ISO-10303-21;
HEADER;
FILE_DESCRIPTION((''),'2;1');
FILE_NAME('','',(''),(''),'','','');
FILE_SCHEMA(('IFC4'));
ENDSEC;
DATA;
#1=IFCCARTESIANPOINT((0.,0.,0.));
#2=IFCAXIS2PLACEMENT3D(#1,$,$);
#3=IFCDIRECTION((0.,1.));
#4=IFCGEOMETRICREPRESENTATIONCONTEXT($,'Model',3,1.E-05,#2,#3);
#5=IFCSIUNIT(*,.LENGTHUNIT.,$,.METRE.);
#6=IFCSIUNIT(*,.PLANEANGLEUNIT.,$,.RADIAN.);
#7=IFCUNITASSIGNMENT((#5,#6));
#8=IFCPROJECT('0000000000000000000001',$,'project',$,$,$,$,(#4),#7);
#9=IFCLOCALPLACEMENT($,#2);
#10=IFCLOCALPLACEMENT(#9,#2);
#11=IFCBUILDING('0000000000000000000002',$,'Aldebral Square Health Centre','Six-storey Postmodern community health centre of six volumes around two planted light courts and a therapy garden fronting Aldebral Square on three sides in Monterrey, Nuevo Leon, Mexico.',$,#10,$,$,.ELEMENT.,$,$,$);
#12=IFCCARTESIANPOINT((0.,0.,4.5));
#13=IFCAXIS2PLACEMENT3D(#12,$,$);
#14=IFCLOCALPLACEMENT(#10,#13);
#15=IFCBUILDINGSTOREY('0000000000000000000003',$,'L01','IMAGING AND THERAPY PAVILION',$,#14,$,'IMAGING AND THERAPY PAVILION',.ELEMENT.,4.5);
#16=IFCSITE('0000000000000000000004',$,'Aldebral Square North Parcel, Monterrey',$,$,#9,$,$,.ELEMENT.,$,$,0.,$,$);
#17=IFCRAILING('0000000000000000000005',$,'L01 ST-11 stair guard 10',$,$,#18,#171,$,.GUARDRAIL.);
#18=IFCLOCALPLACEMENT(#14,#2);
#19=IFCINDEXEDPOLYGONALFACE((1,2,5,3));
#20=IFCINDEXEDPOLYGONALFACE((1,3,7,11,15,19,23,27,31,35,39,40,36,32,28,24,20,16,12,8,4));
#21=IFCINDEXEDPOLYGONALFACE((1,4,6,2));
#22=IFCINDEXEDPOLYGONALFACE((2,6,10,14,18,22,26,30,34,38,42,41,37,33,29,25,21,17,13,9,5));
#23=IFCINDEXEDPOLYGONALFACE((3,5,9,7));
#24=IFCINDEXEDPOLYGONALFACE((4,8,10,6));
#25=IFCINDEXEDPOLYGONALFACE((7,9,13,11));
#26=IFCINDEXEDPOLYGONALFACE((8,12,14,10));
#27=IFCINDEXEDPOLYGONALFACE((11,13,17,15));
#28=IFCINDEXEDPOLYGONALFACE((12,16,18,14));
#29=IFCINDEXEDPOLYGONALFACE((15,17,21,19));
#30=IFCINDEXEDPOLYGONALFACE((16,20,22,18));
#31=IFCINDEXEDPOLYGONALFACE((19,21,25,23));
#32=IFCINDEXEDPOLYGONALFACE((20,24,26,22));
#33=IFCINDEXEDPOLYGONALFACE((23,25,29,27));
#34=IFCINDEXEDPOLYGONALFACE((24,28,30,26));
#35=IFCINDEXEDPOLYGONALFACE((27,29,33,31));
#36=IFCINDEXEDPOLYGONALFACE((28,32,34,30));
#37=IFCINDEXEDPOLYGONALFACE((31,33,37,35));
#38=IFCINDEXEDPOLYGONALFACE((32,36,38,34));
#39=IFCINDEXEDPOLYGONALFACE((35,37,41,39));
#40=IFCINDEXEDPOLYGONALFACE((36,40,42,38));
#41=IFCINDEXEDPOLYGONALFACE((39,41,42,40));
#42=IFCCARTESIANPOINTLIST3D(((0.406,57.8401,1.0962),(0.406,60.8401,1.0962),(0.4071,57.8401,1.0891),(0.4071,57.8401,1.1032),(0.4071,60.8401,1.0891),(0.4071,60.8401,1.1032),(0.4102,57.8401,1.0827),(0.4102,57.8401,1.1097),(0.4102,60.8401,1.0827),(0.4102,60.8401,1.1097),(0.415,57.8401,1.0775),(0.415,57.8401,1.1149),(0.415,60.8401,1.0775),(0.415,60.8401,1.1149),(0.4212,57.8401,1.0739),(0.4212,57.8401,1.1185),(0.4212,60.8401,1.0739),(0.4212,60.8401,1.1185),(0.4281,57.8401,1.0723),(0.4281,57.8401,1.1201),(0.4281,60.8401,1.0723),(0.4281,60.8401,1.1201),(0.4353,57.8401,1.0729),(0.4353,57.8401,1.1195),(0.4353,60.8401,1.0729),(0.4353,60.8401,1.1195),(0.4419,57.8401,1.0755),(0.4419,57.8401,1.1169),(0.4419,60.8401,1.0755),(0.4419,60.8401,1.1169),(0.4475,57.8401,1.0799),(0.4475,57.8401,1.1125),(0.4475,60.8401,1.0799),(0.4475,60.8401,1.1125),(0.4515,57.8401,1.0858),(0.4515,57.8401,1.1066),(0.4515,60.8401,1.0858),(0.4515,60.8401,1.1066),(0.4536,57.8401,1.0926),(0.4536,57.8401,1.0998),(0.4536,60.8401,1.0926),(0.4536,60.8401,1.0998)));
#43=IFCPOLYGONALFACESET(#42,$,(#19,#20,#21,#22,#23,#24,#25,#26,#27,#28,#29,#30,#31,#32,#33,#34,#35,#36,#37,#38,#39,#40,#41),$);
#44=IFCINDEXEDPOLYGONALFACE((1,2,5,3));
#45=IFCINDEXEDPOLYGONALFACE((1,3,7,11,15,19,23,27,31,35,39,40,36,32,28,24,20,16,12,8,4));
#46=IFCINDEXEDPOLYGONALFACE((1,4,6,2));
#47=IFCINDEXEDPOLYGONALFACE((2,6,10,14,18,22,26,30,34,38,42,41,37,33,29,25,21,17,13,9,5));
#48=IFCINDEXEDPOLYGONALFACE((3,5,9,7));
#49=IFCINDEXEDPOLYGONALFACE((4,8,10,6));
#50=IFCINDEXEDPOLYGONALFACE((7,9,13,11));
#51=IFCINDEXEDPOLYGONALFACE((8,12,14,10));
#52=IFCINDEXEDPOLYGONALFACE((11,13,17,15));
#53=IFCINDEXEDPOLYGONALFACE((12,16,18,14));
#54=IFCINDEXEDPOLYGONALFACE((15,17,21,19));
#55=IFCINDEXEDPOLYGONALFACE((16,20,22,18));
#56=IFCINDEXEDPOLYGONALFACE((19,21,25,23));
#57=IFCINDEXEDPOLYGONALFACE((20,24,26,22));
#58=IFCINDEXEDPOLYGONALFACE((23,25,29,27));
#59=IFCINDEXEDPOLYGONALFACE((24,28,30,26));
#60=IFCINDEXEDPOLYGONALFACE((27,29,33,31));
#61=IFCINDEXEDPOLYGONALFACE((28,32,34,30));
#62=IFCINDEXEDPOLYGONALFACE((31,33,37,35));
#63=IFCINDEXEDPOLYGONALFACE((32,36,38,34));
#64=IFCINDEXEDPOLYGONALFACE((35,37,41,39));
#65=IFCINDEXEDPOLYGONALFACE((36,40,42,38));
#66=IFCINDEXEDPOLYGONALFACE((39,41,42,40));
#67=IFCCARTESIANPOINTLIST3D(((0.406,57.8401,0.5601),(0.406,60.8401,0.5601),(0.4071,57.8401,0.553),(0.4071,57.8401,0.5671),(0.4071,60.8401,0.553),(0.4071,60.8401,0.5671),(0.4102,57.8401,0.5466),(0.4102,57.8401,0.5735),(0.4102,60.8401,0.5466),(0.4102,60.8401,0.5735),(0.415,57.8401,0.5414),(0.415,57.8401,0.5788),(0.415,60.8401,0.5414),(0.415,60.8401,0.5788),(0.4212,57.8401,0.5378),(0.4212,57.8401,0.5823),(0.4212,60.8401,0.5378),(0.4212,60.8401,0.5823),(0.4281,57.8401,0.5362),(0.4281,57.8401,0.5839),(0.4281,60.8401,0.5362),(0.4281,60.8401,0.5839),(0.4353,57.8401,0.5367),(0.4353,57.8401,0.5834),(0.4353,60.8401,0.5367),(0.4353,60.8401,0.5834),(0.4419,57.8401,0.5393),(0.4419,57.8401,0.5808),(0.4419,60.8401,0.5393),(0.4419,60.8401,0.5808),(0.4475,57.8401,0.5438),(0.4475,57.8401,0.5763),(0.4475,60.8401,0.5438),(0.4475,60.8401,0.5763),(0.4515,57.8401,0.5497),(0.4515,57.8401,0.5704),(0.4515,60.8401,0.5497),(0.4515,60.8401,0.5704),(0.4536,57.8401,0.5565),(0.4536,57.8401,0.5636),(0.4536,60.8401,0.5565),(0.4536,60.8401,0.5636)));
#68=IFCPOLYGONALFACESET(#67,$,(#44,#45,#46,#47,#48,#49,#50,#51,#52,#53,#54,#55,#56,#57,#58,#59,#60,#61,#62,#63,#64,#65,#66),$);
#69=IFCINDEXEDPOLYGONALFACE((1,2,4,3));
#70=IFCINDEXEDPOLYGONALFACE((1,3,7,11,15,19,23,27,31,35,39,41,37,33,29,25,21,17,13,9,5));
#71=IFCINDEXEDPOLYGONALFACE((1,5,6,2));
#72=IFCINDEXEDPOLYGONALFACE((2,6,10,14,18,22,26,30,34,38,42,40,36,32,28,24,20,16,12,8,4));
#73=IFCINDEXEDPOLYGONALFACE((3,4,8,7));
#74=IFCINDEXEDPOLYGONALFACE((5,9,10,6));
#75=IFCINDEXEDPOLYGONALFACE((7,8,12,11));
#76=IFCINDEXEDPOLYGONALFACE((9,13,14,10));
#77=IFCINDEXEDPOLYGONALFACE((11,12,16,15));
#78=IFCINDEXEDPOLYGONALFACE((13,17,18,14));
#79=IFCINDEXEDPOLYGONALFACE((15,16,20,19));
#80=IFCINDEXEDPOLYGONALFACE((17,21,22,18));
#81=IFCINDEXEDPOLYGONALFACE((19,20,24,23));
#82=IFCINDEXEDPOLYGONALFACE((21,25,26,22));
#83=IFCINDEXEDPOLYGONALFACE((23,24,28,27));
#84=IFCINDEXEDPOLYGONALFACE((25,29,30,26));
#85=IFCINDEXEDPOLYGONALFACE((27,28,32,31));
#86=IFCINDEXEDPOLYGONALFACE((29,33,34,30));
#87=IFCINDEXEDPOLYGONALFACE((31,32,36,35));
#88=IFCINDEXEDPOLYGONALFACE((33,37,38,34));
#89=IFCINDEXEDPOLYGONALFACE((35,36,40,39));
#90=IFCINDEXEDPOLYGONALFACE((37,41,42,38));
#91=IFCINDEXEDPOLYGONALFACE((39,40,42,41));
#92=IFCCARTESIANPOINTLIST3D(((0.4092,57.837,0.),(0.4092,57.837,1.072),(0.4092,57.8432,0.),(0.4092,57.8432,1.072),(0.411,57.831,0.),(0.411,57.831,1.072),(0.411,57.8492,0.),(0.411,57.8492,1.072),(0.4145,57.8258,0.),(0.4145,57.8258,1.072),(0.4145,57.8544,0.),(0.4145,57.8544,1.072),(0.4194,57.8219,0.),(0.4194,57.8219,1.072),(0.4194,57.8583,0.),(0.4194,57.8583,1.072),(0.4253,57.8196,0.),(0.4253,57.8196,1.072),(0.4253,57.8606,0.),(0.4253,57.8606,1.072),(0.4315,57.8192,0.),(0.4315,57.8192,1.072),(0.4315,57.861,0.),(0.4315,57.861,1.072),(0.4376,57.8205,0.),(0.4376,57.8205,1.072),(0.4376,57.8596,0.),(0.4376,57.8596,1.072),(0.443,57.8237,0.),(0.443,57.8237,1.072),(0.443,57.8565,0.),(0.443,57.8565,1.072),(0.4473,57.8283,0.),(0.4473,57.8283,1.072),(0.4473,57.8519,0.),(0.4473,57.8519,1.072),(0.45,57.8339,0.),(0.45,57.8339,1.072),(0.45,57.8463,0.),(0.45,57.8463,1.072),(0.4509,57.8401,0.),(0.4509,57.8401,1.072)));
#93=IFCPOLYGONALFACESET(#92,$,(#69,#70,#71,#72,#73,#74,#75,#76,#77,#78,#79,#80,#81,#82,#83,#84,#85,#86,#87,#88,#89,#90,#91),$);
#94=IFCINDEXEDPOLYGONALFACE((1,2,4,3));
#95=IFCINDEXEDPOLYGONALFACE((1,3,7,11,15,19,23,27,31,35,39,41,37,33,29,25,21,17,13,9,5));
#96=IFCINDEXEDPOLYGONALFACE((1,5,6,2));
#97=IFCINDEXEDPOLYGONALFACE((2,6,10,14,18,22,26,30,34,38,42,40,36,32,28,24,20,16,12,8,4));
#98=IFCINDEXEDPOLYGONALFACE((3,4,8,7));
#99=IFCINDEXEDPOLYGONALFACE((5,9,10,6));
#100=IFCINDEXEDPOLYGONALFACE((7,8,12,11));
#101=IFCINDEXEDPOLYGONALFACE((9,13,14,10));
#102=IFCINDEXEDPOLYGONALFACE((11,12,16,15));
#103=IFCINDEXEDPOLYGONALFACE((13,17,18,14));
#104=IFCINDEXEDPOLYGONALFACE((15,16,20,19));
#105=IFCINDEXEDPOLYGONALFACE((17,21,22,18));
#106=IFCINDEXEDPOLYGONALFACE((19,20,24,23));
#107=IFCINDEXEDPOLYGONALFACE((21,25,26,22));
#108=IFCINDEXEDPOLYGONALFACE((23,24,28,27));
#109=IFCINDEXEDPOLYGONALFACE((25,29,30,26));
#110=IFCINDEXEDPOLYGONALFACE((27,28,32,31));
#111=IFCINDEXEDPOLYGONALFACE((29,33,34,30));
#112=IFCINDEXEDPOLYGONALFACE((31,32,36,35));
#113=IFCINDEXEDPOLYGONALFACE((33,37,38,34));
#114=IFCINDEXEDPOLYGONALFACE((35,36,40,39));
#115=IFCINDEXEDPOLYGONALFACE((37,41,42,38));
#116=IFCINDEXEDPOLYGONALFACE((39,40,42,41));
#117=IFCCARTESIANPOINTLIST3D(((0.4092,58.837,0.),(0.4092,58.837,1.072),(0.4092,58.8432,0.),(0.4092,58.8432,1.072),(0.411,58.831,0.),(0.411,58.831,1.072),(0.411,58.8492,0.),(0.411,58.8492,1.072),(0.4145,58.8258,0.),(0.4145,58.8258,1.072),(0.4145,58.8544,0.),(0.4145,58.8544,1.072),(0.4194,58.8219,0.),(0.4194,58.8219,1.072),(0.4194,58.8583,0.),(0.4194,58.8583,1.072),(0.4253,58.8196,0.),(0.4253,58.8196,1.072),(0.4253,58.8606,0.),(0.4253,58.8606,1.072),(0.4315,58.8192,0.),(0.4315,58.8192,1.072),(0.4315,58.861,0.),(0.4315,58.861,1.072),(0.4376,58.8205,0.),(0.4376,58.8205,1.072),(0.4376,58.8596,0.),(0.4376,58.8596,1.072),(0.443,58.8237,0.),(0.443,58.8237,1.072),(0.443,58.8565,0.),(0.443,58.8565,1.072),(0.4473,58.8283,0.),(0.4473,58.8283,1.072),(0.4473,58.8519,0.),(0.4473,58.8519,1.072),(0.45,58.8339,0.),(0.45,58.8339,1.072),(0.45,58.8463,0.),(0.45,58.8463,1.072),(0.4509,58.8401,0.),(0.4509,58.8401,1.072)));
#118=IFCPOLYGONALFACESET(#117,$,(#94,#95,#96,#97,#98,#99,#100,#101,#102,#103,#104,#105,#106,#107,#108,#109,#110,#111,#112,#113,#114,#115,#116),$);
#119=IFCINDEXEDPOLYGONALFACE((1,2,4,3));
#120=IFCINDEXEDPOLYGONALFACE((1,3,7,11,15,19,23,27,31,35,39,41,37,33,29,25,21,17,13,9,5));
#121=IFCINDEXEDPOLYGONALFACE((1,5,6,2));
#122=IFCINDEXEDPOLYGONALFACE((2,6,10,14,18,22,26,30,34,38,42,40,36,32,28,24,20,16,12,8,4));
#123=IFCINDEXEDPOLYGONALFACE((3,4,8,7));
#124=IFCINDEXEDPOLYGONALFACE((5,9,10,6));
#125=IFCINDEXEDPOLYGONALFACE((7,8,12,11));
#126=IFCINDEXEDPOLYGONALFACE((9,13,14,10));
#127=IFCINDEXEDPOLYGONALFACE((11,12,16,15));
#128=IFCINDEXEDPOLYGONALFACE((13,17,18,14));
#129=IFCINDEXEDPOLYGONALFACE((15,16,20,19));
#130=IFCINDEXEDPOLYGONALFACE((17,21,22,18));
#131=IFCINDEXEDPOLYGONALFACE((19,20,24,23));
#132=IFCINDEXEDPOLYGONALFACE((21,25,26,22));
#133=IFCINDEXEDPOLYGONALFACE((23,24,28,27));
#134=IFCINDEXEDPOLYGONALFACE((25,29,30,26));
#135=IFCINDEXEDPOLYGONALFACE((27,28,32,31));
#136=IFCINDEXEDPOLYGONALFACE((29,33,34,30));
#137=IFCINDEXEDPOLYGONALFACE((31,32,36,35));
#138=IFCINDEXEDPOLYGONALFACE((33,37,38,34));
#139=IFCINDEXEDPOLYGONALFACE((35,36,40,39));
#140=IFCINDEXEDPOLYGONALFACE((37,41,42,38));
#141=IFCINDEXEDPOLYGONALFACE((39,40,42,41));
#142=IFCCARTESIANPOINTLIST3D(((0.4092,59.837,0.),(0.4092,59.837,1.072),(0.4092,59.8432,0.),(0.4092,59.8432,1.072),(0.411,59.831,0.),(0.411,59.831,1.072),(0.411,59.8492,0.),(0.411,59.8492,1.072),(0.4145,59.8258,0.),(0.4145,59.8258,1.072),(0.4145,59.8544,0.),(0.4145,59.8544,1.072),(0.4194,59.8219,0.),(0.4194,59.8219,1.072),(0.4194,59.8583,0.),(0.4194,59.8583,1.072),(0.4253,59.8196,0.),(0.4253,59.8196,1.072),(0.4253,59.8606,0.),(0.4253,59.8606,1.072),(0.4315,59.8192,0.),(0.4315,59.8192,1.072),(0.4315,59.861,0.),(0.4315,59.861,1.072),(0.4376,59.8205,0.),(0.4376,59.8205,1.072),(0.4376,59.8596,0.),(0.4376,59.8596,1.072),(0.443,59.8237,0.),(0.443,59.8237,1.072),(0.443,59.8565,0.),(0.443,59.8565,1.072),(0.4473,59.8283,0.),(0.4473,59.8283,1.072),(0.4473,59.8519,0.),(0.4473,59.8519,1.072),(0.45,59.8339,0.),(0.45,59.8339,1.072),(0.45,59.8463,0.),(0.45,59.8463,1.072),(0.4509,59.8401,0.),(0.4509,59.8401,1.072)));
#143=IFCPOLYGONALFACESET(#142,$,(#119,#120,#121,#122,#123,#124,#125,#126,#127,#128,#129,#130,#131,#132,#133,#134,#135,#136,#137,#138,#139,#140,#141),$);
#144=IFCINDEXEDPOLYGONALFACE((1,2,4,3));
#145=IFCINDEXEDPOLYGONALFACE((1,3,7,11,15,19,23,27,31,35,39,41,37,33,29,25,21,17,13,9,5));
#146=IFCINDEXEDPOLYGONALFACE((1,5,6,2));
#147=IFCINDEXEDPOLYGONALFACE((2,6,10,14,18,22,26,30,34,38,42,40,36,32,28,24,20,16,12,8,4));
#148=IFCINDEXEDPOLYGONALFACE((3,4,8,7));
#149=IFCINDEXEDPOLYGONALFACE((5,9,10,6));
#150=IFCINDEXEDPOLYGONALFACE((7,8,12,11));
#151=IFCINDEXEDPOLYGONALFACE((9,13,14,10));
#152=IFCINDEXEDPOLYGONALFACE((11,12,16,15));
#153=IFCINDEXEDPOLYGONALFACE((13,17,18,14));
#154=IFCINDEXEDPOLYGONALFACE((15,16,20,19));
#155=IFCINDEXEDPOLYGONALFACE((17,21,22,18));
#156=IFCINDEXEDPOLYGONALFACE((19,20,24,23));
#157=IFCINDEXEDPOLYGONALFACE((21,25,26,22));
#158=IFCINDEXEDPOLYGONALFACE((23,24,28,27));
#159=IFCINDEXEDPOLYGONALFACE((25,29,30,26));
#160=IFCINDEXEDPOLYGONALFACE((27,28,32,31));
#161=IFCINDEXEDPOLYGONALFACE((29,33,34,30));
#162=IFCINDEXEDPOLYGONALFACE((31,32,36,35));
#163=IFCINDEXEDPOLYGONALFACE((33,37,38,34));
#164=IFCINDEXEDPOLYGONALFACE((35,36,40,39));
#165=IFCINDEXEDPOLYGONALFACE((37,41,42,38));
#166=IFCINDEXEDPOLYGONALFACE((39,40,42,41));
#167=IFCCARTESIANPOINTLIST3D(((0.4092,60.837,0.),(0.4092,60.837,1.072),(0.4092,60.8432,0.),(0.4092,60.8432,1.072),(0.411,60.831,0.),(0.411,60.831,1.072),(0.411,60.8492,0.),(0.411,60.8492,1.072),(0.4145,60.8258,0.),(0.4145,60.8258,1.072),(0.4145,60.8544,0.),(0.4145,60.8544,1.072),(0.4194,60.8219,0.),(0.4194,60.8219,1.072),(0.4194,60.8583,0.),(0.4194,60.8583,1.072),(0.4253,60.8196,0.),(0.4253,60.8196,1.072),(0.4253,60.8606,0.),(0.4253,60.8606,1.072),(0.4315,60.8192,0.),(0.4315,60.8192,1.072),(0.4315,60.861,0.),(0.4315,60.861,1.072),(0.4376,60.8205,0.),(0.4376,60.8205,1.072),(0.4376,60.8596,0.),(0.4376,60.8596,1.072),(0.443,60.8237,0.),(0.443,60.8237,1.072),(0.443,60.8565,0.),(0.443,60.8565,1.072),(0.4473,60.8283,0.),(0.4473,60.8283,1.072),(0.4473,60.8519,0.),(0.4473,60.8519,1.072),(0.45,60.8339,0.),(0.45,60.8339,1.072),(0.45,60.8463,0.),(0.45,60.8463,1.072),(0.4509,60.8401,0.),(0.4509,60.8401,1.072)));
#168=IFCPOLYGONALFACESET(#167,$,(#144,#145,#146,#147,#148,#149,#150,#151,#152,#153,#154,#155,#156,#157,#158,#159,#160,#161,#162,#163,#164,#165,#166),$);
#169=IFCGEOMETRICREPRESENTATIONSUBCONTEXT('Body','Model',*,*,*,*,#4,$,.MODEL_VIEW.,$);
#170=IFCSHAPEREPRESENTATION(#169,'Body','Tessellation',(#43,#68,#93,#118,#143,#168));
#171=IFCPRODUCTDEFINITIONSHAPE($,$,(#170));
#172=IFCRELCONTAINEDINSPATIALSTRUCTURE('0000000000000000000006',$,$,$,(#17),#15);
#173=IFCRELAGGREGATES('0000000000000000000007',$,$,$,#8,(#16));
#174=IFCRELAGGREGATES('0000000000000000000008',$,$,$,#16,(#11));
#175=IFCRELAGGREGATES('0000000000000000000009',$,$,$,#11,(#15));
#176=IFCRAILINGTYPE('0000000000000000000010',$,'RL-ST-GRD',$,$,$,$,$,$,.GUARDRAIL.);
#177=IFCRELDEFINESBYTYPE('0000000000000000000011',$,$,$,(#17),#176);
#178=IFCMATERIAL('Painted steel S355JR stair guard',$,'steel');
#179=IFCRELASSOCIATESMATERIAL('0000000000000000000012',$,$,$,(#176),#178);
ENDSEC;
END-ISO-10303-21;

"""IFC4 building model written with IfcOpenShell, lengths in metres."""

from ifc_helpers import new_model, si_unit, direction, frame, origin, origin_2d, place, context, subcontext, project, spatial, circle, extrude, material, type_object, element, save


model = new_model("IFC4")

# Units and contexts
model_context = context("Model", 3, precision=1e-05, world=origin(), true_north=direction((0.0, 1.0)))
body_context = subcontext(model_context, "Body", "Model", "MODEL_VIEW")
ifc_project = project(units=[si_unit("LENGTHUNIT", "METRE"), si_unit("PLANEANGLEUNIT", "RADIAN")], contexts=[model_context])

# Site, building, storey
site_placement = place(None, origin())
site = spatial("IfcSite", under=ifc_project, at=site_placement, Name="Aldebral Square North Parcel, Monterrey", CompositionType="ELEMENT", RefElevation=0.0)
building_placement = place(site_placement, origin())
building = spatial("IfcBuilding", under=site, at=building_placement, Name="Aldebral Square Health Centre", Description="Six-storey Postmodern community health centre of six volumes around two planted light courts and a therapy garden fronting Aldebral Square on three sides in Monterrey, Nuevo Leon, Mexico.", CompositionType="ELEMENT")
storey_placement = place(building_placement, frame((0.0, 0.0, 4.5)))
storey = spatial("IfcBuildingStorey", under=building, at=storey_placement, Name="L01", Description="IMAGING AND THERAPY PAVILION", LongName="IMAGING AND THERAPY PAVILION", CompositionType="ELEMENT", Elevation=4.5)

# Railing
ifc_material_1 = material(Name="Painted steel S355JR stair guard", Category="steel")
railing_type_1 = type_object("IfcRailingType", Name="RL-ST-GRD", PredefinedType="GUARDRAIL", material=ifc_material_1)
railing_1_placement = place(storey_placement, frame((0.4299, 57.8401, 0.0)))
element("IfcRailing", 1, at=railing_1_placement, inside=storey, type_object=railing_type_1, Name="L01 ST-11 stair guard 10", PredefinedType="GUARDRAIL", context=body_context, shape_type="SweptSolid", body=[
    extrude(circle(Radius=0.0239, at=origin_2d()), frame((0.0, 0.0, 1.0962), z_axis=(0.0, 1.0, 0.0), x_axis=(-1.0, 0.0, 0.0)), (0.0, 0.0, 1.0), 3.0),
    extrude(circle(Radius=0.0239, at=origin_2d()), frame((0.0, 0.0, 0.5601), z_axis=(0.0, 1.0, 0.0), x_axis=(-1.0, 0.0, 0.0)), (0.0, 0.0, 1.0), 3.0),
    extrude(circle(Radius=0.021, at=origin_2d()), origin(), (0.0, 0.0, 1.0), 1.072),
    extrude(circle(Radius=0.021, at=origin_2d()), frame((0.0, 1.0, 0.0)), (0.0, 0.0, 1.0), 1.072),
    extrude(circle(Radius=0.021, at=origin_2d()), frame((0.0, 2.0, 0.0)), (0.0, 0.0, 1.0), 1.072),
    extrude(circle(Radius=0.021, at=origin_2d()), frame((0.0, 3.0, 0.0)), (0.0, 0.0, 1.0), 1.072),
])

save(model, "model.ifc")
